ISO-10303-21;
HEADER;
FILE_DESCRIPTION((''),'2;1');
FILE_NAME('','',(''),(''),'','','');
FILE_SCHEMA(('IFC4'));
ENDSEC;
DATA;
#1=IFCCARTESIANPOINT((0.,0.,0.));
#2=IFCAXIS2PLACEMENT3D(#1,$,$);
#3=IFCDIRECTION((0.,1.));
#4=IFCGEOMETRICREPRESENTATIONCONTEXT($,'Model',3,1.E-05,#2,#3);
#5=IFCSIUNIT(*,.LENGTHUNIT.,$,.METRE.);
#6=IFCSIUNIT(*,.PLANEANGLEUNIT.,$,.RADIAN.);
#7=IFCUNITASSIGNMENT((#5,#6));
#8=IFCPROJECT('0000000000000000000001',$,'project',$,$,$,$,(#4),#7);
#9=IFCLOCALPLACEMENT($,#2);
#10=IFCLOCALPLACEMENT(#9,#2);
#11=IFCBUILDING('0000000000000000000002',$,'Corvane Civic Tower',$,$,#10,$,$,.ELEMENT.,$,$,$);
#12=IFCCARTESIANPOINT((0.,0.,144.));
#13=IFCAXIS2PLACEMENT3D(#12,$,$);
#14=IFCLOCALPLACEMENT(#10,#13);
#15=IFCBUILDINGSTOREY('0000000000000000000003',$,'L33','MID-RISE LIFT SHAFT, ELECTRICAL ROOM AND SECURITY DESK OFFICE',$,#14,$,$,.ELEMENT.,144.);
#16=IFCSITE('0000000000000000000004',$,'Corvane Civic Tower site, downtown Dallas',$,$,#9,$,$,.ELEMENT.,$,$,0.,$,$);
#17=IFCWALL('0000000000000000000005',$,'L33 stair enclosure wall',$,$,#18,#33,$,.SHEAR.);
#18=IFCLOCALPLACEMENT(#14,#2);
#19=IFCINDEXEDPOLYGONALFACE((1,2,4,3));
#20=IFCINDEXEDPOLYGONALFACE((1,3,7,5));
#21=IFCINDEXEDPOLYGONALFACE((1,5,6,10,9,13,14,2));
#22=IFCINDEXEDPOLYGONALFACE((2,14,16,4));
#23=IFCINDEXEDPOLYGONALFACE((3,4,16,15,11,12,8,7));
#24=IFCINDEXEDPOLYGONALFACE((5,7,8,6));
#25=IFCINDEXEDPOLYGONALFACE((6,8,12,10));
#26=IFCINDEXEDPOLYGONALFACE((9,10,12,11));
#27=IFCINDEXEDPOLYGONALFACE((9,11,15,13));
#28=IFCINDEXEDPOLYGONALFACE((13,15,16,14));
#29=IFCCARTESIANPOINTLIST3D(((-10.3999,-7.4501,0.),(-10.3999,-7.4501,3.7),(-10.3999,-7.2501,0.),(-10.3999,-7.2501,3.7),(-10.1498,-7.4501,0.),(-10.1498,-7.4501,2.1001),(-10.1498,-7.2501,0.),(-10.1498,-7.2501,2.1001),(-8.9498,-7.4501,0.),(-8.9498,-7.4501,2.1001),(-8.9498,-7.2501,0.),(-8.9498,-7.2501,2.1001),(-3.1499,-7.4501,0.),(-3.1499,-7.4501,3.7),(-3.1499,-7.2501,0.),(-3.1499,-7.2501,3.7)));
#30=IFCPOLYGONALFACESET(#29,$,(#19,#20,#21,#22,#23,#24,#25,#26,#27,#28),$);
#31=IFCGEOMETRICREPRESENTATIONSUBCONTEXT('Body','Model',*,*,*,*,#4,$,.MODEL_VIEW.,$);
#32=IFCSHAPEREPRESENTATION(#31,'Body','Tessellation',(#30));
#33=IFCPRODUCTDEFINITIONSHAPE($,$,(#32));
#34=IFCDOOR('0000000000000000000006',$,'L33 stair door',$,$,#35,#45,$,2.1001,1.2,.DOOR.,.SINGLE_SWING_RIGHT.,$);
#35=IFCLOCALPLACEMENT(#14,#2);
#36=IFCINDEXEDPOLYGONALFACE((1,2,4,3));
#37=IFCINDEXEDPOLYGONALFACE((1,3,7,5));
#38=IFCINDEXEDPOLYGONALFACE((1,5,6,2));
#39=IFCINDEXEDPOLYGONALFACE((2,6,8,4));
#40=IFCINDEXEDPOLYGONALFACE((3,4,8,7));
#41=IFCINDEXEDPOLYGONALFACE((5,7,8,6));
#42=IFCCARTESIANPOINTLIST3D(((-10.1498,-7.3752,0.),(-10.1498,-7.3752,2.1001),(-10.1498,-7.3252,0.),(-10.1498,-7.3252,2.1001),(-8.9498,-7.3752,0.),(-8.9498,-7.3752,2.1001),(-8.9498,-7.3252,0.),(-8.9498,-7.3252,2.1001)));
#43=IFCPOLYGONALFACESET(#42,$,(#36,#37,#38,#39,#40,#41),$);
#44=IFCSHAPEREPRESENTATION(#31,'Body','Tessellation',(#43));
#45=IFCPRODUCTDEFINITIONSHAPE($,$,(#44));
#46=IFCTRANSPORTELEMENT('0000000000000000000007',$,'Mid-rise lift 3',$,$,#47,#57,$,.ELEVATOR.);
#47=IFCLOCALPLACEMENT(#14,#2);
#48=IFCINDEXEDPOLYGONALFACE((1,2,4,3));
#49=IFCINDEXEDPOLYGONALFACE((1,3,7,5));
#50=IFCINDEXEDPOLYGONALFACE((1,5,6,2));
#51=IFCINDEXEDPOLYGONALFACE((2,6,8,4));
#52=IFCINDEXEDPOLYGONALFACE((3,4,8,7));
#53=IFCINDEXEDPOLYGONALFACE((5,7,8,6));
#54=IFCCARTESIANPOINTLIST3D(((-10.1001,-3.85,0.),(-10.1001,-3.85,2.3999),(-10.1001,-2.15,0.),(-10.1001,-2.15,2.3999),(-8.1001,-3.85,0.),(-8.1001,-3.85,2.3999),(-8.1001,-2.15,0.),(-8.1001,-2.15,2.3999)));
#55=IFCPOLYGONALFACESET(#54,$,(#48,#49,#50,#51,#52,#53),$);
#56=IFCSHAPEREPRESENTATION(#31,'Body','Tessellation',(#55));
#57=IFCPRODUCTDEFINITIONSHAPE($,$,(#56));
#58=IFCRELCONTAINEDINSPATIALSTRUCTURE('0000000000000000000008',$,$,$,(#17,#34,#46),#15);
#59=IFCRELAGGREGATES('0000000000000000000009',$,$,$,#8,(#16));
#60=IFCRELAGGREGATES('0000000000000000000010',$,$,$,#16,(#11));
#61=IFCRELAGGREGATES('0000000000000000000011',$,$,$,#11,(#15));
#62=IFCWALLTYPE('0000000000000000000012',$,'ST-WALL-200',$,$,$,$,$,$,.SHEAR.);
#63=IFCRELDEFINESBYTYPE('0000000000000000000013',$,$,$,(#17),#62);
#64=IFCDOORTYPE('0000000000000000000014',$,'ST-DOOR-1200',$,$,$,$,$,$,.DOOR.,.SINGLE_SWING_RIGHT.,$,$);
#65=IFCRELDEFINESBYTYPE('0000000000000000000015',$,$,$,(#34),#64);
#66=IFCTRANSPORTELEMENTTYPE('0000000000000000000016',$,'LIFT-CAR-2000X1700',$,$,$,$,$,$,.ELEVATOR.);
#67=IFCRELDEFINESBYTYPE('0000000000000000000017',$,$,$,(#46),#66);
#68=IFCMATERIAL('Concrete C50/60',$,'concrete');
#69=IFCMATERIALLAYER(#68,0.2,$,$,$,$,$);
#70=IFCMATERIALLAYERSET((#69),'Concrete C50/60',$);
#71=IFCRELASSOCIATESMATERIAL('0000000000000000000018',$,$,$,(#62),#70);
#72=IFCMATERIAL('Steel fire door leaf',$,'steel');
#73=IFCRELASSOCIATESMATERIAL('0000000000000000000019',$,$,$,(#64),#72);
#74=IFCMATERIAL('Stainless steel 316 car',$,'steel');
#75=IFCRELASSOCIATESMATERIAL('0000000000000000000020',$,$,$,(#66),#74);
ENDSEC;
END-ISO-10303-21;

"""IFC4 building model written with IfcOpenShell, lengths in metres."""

from ifc_helpers import new_model, si_unit, direction, frame, frame_2d, origin, origin_2d, place, context, subcontext, project, spatial, rectangle, extrude, material, layer, layer_set, type_object, element, fill, save


model = new_model("IFC4")

# Units and contexts
model_context = context("Model", 3, precision=1e-05, world=origin(), true_north=direction((0.0, 1.0)))
body_context = subcontext(model_context, "Body", "Model", "MODEL_VIEW")
ifc_project = project(units=[si_unit("LENGTHUNIT", "METRE"), si_unit("PLANEANGLEUNIT", "RADIAN")], contexts=[model_context])

# Site, building, storey
site_placement = place(None, origin())
site = spatial("IfcSite", under=ifc_project, at=site_placement, Name="Corvane Civic Tower site, downtown Dallas", CompositionType="ELEMENT", RefElevation=0.0)
building_placement = place(site_placement, origin())
building = spatial("IfcBuilding", under=site, at=building_placement, Name="Corvane Civic Tower", CompositionType="ELEMENT")
storey_placement = place(building_placement, frame((0.0, 0.0, 144.0)))
storey = spatial("IfcBuildingStorey", under=building, at=storey_placement, Name="L33", Description="MID-RISE LIFT SHAFT, ELECTRICAL ROOM AND SECURITY DESK OFFICE", CompositionType="ELEMENT", Elevation=144.0)

# Wall, opening, door
ifc_material_1 = material(Name="Concrete C50/60", Category="concrete")
ifc_layer_1 = layer(ifc_material_1, 0.2)
ifc_layer_set_1 = layer_set([ifc_layer_1], Name="Concrete C50/60")
wall_type_1 = type_object("IfcWallType", Name="ST-WALL-200", PredefinedType="SHEAR", material=ifc_layer_set_1)
wall_1_placement = place(storey_placement, frame((-10.3999, -7.3501, 0.0), z_axis=(0.0, 0.0, 1.0), x_axis=(1.0, 0.0, 0.0)))
wall_1 = element("IfcWall", 1, at=wall_1_placement, inside=storey, type_object=wall_type_1, Name="L33 stair enclosure wall", PredefinedType="SHEAR", context=body_context, shape_type="SweptSolid", body=[
    extrude(rectangle(XDim=7.25, YDim=0.2, at=frame_2d((3.625, 0.0))), origin(), (0.0, 0.0, 1.0), 3.7),
])
opening_1_placement = place(wall_1_placement, frame((0.25, 0.0, 0.0)))
opening_1 = element("IfcOpeningElement", 2, at=opening_1_placement, cuts=wall_1, PredefinedType="OPENING", context=body_context, shape_type="SweptSolid", body=[
    extrude(rectangle(XDim=1.2, YDim=2.1001, at=frame_2d((0.6001, 1.05))), frame((0.0, 0.1099, 0.0), z_axis=(0.0, -1.0, 0.0), x_axis=(1.0, 0.0, 0.0)), (0.0, 0.0, 1.0), 0.22),
])
ifc_material_2 = material(Name="Steel fire door leaf", Category="steel")
door_type_1 = type_object("IfcDoorType", Name="ST-DOOR-1200", OperationType="SINGLE_SWING_RIGHT", PredefinedType="DOOR", material=ifc_material_2)
door_1_placement = place(opening_1_placement, origin())
door_1 = element("IfcDoor", 3, at=door_1_placement, inside=storey, type_object=door_type_1, Name="L33 stair door", OperationType="SINGLE_SWING_RIGHT", OverallHeight=2.1001, OverallWidth=1.2, PredefinedType="DOOR", context=body_context, shape_type="SweptSolid", body=[
    extrude(rectangle(XDim=1.2, YDim=2.1001, at=frame_2d((0.6001, 1.05))), frame((0.0, 0.0249, 0.0), z_axis=(0.0, -1.0, 0.0), x_axis=(1.0, 0.0, 0.0)), (0.0, 0.0, 1.0), 0.05),
])
fill(opening_1, door_1)

# Transport element
ifc_material_3 = material(Name="Stainless steel 316 car", Category="steel")
transport_element_type = type_object("IfcTransportElementType", Name="LIFT-CAR-2000X1700", PredefinedType="ELEVATOR", material=ifc_material_3)
transport_element_placement = place(storey_placement, frame((-9.1001, -3.0, 0.0), z_axis=(0.0, 0.0, 1.0), x_axis=(1.0, 0.0, 0.0)))
element("IfcTransportElement", 4, at=transport_element_placement, inside=storey, type_object=transport_element_type, Name="Mid-rise lift 3", PredefinedType="ELEVATOR", context=body_context, shape_type="SweptSolid", body=[
    extrude(rectangle(XDim=2.0, YDim=1.7, at=origin_2d()), origin(), (0.0, 0.0, 1.0), 2.3999),
])

save(model, "model.ifc")
